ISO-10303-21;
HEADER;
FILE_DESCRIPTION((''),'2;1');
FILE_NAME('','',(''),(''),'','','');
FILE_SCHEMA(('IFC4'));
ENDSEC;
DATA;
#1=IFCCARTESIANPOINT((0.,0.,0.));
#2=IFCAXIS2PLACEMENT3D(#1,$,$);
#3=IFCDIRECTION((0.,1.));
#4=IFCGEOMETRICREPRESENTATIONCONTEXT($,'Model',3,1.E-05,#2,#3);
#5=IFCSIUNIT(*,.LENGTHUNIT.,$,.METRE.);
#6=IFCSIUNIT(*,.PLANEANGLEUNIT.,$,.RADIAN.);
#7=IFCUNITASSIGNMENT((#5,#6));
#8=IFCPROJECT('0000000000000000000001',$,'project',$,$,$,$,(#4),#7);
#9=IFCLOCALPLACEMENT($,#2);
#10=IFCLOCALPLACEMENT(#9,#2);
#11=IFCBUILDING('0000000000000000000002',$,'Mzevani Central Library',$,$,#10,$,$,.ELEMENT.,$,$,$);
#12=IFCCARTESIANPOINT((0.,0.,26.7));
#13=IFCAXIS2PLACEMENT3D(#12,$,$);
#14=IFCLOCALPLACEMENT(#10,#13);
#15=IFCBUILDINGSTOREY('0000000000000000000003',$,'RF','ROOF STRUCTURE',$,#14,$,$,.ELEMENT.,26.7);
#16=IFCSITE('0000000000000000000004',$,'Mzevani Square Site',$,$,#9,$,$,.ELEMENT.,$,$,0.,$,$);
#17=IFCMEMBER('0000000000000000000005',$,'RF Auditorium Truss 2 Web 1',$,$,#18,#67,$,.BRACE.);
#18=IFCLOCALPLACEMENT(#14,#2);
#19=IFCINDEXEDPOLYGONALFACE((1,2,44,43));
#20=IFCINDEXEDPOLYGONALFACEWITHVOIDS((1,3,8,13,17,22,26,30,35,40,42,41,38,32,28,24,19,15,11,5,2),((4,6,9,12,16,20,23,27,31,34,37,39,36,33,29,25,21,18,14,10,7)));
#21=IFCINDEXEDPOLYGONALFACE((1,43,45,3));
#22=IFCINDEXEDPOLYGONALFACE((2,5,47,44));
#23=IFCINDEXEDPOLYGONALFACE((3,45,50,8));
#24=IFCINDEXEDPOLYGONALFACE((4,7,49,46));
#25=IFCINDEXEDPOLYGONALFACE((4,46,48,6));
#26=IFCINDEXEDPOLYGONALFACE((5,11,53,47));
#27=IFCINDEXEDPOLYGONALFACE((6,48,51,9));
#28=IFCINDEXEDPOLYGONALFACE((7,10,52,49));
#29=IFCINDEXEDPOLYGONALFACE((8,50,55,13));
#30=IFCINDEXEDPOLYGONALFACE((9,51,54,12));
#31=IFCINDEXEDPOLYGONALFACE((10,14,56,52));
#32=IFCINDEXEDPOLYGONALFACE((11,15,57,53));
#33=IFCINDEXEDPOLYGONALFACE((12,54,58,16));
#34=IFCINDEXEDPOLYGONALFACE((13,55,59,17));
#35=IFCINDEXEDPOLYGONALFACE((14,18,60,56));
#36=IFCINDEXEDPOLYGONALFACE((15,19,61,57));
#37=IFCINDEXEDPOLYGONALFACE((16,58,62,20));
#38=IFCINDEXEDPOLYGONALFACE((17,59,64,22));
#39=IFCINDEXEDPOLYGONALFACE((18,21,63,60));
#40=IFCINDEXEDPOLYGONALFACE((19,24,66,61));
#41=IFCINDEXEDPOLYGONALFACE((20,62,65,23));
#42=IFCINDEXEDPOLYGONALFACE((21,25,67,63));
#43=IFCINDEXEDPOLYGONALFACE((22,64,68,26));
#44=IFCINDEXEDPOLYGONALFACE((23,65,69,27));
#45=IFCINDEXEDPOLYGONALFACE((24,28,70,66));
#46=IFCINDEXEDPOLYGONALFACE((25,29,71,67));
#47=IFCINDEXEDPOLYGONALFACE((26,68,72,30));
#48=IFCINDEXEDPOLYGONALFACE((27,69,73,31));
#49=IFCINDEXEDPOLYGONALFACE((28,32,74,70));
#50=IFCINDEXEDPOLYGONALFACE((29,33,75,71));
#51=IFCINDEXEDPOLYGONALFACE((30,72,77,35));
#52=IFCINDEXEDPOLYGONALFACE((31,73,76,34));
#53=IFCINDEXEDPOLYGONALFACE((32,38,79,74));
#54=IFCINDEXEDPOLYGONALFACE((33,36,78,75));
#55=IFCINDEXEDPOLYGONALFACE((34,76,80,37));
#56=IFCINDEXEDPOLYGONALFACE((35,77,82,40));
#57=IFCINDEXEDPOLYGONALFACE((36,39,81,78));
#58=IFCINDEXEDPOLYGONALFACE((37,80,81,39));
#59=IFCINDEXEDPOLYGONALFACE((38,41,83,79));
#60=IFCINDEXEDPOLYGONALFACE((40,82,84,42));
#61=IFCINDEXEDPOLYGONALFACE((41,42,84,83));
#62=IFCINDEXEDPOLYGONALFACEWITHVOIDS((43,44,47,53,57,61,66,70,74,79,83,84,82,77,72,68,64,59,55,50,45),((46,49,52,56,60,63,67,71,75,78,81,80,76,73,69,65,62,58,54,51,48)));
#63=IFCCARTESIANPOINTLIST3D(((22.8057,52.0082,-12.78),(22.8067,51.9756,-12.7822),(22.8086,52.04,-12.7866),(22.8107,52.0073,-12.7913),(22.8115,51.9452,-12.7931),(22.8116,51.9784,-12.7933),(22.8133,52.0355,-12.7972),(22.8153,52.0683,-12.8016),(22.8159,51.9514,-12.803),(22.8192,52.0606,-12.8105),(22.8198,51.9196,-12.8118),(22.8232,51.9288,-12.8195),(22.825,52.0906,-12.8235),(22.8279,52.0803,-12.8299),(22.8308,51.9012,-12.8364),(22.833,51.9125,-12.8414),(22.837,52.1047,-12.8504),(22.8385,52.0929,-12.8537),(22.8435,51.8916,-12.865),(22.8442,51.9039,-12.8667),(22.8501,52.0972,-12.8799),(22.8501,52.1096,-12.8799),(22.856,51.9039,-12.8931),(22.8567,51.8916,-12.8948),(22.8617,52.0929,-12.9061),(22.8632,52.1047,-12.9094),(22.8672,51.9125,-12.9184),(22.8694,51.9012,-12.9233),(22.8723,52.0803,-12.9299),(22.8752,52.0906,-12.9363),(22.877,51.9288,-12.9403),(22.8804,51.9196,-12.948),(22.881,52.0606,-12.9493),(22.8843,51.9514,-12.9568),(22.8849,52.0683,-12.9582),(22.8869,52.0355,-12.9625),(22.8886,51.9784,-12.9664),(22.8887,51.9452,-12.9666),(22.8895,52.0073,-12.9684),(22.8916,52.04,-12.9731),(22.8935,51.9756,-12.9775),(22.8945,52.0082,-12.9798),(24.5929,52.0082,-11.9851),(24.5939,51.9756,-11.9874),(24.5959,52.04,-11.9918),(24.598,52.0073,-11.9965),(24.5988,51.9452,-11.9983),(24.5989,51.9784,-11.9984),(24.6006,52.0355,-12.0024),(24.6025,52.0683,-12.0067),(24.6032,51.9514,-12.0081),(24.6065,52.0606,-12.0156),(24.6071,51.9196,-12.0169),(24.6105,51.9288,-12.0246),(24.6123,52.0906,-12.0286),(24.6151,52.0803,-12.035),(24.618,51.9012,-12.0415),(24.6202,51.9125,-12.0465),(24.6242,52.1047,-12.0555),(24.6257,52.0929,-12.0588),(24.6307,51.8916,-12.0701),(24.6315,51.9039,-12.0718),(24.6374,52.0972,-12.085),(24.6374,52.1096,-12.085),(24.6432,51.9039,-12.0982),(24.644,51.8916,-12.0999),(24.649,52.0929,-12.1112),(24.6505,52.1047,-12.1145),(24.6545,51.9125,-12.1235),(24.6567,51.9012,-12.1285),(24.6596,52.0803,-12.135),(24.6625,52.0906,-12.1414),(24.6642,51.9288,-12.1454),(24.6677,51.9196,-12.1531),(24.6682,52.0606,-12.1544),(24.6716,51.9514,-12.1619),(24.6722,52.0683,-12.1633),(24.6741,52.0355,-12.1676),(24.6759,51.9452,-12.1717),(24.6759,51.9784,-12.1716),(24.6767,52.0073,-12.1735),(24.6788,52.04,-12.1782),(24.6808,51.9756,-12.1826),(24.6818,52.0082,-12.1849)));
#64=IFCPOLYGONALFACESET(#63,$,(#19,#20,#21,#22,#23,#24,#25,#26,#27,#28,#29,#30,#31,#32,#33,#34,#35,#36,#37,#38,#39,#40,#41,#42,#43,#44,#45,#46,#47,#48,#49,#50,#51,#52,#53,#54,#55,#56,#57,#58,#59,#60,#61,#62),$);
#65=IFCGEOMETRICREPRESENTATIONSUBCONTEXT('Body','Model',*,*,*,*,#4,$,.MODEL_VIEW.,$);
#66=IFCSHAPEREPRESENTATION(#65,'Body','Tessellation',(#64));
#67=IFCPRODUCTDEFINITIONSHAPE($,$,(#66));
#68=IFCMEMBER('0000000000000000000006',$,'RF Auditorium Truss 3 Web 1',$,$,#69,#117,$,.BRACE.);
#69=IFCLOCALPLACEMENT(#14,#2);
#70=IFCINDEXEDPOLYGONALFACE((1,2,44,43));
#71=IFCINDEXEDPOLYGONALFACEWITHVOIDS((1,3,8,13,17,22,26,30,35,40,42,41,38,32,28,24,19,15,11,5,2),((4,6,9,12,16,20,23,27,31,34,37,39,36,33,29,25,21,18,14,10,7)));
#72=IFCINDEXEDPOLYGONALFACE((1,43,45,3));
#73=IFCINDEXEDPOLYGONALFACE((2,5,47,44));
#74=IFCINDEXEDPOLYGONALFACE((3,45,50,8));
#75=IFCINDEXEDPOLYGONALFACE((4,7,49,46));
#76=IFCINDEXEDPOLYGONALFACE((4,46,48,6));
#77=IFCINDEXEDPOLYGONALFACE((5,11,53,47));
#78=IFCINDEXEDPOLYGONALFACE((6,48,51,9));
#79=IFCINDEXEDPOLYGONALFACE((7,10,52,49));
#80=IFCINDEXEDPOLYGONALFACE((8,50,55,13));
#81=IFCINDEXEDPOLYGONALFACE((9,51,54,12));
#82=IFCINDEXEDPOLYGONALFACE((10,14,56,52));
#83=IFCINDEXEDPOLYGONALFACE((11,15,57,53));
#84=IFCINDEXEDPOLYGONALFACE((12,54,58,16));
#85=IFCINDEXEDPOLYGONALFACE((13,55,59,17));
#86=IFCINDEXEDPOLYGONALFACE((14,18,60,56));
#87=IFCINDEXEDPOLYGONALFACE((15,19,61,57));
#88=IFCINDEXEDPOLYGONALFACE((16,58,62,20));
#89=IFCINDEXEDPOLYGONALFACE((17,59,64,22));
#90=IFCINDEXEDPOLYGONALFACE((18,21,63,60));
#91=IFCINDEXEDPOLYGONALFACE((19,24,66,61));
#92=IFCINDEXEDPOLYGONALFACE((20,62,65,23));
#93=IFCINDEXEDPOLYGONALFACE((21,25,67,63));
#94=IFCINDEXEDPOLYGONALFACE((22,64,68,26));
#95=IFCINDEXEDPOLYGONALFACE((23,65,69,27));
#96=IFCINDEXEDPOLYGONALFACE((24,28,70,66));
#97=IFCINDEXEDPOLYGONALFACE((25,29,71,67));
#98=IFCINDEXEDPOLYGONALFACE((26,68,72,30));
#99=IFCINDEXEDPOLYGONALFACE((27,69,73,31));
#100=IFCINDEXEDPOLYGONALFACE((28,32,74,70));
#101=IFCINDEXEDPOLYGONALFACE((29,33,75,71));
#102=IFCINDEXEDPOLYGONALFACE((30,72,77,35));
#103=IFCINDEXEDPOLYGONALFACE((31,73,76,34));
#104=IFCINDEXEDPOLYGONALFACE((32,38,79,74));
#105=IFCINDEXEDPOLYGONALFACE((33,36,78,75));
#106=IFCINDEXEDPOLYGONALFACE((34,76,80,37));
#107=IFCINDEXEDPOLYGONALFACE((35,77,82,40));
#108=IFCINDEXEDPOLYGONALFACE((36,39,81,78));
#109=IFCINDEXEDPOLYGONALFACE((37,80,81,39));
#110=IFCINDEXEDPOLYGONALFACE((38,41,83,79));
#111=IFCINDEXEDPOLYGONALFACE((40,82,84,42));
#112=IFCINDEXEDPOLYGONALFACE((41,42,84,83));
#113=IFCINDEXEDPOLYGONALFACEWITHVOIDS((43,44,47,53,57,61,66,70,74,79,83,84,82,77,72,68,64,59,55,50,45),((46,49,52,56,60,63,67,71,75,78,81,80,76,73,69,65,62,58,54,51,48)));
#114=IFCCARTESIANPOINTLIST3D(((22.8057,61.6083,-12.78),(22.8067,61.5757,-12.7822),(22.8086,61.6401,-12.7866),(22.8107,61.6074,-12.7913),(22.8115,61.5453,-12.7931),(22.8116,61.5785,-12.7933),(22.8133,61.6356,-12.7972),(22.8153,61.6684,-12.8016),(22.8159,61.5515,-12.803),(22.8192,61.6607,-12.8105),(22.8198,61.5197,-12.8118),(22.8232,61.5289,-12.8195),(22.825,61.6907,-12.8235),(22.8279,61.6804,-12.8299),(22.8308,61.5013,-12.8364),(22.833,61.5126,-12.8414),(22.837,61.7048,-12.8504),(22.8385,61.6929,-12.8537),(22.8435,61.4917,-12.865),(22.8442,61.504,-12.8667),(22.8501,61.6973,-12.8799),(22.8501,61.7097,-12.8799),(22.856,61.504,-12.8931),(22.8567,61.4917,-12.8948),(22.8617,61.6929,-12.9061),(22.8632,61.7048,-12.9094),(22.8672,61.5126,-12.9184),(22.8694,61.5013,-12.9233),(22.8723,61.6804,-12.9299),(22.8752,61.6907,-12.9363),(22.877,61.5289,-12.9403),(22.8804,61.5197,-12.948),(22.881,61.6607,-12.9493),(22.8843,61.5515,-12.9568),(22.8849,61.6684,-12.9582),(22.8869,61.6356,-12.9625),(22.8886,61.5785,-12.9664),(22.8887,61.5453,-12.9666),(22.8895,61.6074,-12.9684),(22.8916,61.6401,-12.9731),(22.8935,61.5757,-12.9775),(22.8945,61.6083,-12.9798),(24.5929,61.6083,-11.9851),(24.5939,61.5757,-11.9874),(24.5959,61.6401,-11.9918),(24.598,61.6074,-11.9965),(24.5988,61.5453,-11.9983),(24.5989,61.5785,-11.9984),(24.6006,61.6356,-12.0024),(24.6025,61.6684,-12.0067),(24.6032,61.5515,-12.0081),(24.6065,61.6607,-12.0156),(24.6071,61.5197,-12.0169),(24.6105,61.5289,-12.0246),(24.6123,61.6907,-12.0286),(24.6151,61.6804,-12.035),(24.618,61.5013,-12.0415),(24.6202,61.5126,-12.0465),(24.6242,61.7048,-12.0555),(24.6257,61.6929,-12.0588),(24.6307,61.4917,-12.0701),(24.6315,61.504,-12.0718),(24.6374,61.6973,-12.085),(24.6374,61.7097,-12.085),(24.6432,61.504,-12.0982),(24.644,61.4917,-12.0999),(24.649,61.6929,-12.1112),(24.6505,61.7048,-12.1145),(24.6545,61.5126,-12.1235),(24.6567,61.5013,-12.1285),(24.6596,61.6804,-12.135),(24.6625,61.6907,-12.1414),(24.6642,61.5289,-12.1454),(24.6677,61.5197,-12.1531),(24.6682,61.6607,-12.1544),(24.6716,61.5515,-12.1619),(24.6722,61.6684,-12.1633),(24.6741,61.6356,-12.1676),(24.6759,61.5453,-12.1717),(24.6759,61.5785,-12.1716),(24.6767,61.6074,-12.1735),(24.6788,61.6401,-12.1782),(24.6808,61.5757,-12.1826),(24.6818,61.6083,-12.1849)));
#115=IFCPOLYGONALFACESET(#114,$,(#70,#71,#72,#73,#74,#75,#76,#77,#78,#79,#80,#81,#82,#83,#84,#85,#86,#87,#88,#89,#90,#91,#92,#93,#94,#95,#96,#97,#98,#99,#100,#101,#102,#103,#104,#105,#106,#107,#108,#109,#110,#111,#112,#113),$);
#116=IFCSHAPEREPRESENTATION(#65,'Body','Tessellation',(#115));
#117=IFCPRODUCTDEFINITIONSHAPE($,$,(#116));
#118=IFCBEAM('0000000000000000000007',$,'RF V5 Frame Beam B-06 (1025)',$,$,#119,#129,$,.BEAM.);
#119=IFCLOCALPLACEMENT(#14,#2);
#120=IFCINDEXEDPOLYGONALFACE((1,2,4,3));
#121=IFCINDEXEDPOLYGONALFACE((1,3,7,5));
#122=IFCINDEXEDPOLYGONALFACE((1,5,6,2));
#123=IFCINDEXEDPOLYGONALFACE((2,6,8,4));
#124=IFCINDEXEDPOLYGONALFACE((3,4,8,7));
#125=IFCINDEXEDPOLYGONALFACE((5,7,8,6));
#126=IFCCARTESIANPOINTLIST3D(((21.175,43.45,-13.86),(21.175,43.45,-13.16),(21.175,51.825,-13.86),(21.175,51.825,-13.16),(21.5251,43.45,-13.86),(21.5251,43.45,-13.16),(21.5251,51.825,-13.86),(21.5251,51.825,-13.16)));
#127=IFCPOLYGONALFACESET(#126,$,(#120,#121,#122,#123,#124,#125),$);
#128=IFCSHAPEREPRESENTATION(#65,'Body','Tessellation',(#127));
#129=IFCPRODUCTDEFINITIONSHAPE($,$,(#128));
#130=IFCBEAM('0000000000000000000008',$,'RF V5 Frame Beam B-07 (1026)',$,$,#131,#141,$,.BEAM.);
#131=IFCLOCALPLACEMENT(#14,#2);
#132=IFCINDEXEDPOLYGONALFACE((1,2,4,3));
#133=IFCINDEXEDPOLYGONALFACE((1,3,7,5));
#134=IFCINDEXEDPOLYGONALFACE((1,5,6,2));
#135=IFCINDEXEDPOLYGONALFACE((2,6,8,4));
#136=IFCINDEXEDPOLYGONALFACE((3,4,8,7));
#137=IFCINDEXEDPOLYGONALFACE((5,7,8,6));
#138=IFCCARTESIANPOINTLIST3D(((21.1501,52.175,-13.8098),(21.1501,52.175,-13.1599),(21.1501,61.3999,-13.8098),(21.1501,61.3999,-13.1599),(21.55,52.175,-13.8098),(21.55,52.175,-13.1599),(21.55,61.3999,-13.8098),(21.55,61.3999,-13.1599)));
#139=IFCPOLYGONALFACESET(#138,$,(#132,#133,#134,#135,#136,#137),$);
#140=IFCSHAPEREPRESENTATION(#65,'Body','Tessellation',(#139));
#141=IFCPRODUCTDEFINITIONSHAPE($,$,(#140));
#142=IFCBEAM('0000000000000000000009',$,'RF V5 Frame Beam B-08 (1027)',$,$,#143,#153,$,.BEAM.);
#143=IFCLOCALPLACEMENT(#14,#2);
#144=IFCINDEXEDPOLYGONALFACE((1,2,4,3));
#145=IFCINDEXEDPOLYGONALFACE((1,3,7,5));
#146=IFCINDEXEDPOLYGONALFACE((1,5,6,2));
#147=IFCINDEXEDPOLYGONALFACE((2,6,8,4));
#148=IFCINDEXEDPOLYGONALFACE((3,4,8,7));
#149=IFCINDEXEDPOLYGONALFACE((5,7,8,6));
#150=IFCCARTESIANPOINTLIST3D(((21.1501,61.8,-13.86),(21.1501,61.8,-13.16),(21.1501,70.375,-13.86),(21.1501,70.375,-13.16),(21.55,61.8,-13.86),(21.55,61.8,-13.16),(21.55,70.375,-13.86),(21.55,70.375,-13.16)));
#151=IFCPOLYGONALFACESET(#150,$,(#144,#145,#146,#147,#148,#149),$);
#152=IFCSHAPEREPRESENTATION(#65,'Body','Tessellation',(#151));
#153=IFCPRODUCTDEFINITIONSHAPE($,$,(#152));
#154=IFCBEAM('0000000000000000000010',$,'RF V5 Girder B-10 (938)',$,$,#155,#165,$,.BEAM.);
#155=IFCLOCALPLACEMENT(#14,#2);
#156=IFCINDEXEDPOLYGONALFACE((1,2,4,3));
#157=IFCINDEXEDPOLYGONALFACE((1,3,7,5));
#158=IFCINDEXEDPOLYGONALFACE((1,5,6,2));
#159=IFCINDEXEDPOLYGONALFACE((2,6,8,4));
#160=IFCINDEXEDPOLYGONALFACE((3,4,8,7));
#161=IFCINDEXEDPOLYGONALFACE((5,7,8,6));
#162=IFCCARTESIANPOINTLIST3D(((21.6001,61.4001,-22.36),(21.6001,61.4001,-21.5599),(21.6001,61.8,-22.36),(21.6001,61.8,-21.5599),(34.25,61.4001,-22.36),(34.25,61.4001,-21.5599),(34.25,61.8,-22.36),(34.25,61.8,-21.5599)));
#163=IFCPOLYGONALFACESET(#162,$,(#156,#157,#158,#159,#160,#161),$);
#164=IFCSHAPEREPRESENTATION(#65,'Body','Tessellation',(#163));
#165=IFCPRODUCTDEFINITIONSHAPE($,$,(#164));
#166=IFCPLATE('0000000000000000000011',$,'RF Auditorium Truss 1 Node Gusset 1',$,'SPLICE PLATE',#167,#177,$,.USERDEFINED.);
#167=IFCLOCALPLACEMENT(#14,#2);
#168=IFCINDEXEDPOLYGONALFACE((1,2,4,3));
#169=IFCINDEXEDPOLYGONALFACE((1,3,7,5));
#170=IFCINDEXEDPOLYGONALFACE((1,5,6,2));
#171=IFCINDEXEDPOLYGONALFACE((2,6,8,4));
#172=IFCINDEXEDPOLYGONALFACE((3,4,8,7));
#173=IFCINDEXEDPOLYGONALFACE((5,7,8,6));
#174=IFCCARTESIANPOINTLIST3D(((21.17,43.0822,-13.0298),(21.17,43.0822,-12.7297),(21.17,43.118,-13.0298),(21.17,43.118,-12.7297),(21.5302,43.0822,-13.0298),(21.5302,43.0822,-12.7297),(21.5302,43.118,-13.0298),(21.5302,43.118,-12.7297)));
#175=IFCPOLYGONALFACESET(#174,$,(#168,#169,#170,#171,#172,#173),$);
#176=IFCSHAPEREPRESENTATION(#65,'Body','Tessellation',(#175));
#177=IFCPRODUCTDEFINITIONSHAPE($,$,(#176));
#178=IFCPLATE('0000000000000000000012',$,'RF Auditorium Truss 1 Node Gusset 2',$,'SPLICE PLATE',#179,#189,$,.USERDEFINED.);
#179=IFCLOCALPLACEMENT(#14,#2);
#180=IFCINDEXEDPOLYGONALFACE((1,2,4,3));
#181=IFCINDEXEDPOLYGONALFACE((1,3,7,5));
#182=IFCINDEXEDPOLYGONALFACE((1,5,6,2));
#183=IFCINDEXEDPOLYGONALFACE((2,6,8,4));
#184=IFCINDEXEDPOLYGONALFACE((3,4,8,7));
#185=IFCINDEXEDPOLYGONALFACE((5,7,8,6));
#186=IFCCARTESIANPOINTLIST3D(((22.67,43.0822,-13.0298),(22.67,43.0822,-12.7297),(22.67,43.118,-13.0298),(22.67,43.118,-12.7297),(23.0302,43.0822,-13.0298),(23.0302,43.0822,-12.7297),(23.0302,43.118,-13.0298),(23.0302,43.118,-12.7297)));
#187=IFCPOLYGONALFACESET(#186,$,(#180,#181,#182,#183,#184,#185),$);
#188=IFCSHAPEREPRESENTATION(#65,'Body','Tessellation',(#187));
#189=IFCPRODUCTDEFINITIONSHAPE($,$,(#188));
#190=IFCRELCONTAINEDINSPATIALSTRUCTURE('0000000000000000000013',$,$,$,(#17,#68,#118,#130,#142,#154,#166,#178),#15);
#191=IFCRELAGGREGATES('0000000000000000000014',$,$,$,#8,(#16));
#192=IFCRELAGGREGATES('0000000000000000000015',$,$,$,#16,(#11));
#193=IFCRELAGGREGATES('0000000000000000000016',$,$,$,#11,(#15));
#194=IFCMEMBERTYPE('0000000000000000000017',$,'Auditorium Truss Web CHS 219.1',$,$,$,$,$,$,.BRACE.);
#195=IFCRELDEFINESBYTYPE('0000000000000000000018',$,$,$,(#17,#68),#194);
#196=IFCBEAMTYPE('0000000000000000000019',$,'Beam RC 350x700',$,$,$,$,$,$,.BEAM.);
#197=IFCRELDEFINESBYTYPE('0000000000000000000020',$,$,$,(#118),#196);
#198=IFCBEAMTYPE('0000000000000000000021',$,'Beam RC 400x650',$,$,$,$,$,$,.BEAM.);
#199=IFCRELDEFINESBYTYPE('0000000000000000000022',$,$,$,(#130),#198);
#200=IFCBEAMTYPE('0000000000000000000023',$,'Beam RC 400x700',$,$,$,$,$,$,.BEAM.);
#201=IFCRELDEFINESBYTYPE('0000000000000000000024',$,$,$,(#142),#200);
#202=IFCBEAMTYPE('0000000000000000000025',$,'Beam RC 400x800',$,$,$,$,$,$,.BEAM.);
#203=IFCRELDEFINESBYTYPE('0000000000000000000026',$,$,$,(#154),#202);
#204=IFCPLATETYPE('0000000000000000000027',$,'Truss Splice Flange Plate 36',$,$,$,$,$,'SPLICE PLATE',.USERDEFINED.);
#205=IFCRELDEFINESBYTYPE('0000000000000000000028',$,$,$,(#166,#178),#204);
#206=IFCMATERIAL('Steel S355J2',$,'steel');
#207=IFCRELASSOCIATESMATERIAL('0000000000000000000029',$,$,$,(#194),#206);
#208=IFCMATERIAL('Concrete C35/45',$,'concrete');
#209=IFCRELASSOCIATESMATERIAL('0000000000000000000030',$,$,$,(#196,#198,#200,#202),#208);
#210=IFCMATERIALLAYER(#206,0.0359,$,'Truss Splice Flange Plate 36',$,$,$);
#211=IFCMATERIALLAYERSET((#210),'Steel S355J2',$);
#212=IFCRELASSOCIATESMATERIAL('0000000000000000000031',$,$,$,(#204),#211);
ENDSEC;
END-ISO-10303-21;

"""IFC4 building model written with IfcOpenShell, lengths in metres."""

from ifc_helpers import new_model, si_unit, direction, frame, origin, origin_2d, place, context, subcontext, project, spatial, rectangle, hollow_circle, extrude, material, layer, layer_set, material_profile, profile_set, type_object, element, save


model = new_model("IFC4")

# Units and contexts
model_context = context("Model", 3, precision=1e-05, world=origin(), true_north=direction((0.0, 1.0)))
body_context = subcontext(model_context, "Body", "Model", "MODEL_VIEW")
ifc_project = project(units=[si_unit("LENGTHUNIT", "METRE"), si_unit("PLANEANGLEUNIT", "RADIAN")], contexts=[model_context])

# Site, building, storey
site_placement = place(None, origin())
site = spatial("IfcSite", under=ifc_project, at=site_placement, Name="Mzevani Square Site", CompositionType="ELEMENT", RefElevation=0.0)
building_placement = place(site_placement, origin())
building = spatial("IfcBuilding", under=site, at=building_placement, Name="Mzevani Central Library", CompositionType="ELEMENT")
storey_placement = place(building_placement, frame((0.0, 0.0, 26.7)))
storey = spatial("IfcBuildingStorey", under=building, at=storey_placement, Name="RF", Description="ROOF STRUCTURE", CompositionType="ELEMENT", Elevation=26.7)

# Members
ifc_material_1 = material(Name="Steel S355J2", Category="steel")
ifc_material_profile_1 = material_profile(ifc_material_1, hollow_circle(Radius=0.1096, WallThickness=0.0125, at=origin_2d()), Name="CHS 219.1x12.5")
ifc_profile_set_1 = profile_set([ifc_material_profile_1], Name="Steel S355J2")
member_type_1 = type_object("IfcMemberType", Name="Auditorium Truss Web CHS 219.1", PredefinedType="BRACE", material=ifc_profile_set_1)
for number, where, z_axis, x_axis, name in (
    (1, (22.8501, 52.0, -12.8799), (0.913709, 0.0, 0.40637), (0.0, 1.0, 0.0), "RF Auditorium Truss 2 Web 1"),
    (2, (22.8501, 61.6001, -12.8799), (0.913709, 0.0, 0.40637), (0.0, 1.0, 0.0), "RF Auditorium Truss 3 Web 1"),
):
    element("IfcMember", number, at=place(storey_placement, frame(where, z_axis=z_axis, x_axis=x_axis)), inside=storey, type_object=member_type_1, Name=name, PredefinedType="BRACE", context=body_context, shape_type="SweptSolid", body=[
        extrude(hollow_circle(Radius=0.1096, WallThickness=0.0125, at=origin_2d()), origin(), (0.0, 0.0, 1.0), 1.9561),
    ])

# Beams
ifc_material_2 = material(Name="Concrete C35/45", Category="concrete")
ifc_material_profile_2 = material_profile(ifc_material_2, rectangle(XDim=0.3501, YDim=0.7, at=origin_2d()), Name="RC B350x700")
ifc_profile_set_2 = profile_set([ifc_material_profile_2], Name="Concrete C35/45")
beam_type_1 = type_object("IfcBeamType", Name="Beam RC 350x700", PredefinedType="BEAM", material=ifc_profile_set_2)
beam_1_placement = place(storey_placement, frame((21.3501, 43.45, -13.51), z_axis=(0.0, 1.0, 0.0), x_axis=(-1.0, 0.0, 0.0)))
element("IfcBeam", 3, at=beam_1_placement, inside=storey, type_object=beam_type_1, Name="RF V5 Frame Beam B-06 (1025)", PredefinedType="BEAM", context=body_context, shape_type="SweptSolid", body=[
    extrude(rectangle(XDim=0.3501, YDim=0.7, at=origin_2d()), origin(), (0.0, 0.0, 1.0), 8.375),
])
ifc_material_profile_3 = material_profile(ifc_material_2, rectangle(XDim=0.3999, YDim=0.6499, at=origin_2d()), Name="RC B400x650")
ifc_profile_set_3 = profile_set([ifc_material_profile_3], Name="Concrete C35/45")
beam_type_2 = type_object("IfcBeamType", Name="Beam RC 400x650", PredefinedType="BEAM", material=ifc_profile_set_3)
beam_2_placement = place(storey_placement, frame((21.3501, 52.175, -13.4849), z_axis=(0.0, 1.0, 0.0), x_axis=(-1.0, 0.0, 0.0)))
element("IfcBeam", 4, at=beam_2_placement, inside=storey, type_object=beam_type_2, Name="RF V5 Frame Beam B-07 (1026)", PredefinedType="BEAM", context=body_context, shape_type="SweptSolid", body=[
    extrude(rectangle(XDim=0.3999, YDim=0.6499, at=origin_2d()), origin(), (0.0, 0.0, 1.0), 9.2249),
])
ifc_material_profile_4 = material_profile(ifc_material_2, rectangle(XDim=0.3999, YDim=0.7, at=origin_2d()), Name="RC B400x700")
ifc_profile_set_4 = profile_set([ifc_material_profile_4], Name="Concrete C35/45")
beam_type_3 = type_object("IfcBeamType", Name="Beam RC 400x700", PredefinedType="BEAM", material=ifc_profile_set_4)
beam_3_placement = place(storey_placement, frame((21.3501, 61.8, -13.51), z_axis=(0.0, 1.0, 0.0), x_axis=(-1.0, 0.0, 0.0)))
element("IfcBeam", 5, at=beam_3_placement, inside=storey, type_object=beam_type_3, Name="RF V5 Frame Beam B-08 (1027)", PredefinedType="BEAM", context=body_context, shape_type="SweptSolid", body=[
    extrude(rectangle(XDim=0.3999, YDim=0.7, at=origin_2d()), origin(), (0.0, 0.0, 1.0), 8.575),
])
ifc_material_profile_5 = material_profile(ifc_material_2, rectangle(XDim=0.3999, YDim=0.8, at=origin_2d()), Name="RC B400x800")
ifc_profile_set_5 = profile_set([ifc_material_profile_5], Name="Concrete C35/45")
beam_type_4 = type_object("IfcBeamType", Name="Beam RC 400x800", PredefinedType="BEAM", material=ifc_profile_set_5)
beam_4_placement = place(storey_placement, frame((21.6001, 61.6001, -21.96), z_axis=(1.0, 0.0, 0.0), x_axis=(0.0, 1.0, 0.0)))
element("IfcBeam", 6, at=beam_4_placement, inside=storey, type_object=beam_type_4, Name="RF V5 Girder B-10 (938)", PredefinedType="BEAM", context=body_context, shape_type="SweptSolid", body=[
    extrude(rectangle(XDim=0.3999, YDim=0.8, at=origin_2d()), origin(), (0.0, 0.0, 1.0), 12.6499),
])

# Plates
ifc_layer = layer(ifc_material_1, 0.0359, Name="Truss Splice Flange Plate 36")
ifc_layer_set = layer_set([ifc_layer], Name="Steel S355J2")
plate_type = type_object("IfcPlateType", Name="Truss Splice Flange Plate 36", ElementType="SPLICE PLATE", PredefinedType="USERDEFINED", material=ifc_layer_set)
for number, where, z_axis, x_axis, name in (
    (7, (21.3501, 43.1001, -13.0298), (0.0, 0.0, 1.0), (1.0, 0.0, 0.0), "RF Auditorium Truss 1 Node Gusset 1"),
    (8, (22.8501, 43.1001, -13.0298), (0.0, 0.0, 1.0), (1.0, 0.0, 0.0), "RF Auditorium Truss 1 Node Gusset 2"),
):
    element("IfcPlate", number, at=place(storey_placement, frame(where, z_axis=z_axis, x_axis=x_axis)), inside=storey, type_object=plate_type, Name=name, ObjectType="SPLICE PLATE", PredefinedType="USERDEFINED", context=body_context, shape_type="SweptSolid", body=[
        extrude(rectangle(XDim=0.3601, YDim=0.0359, at=origin_2d()), origin(), (0.0, 0.0, 1.0), 0.3),
    ])

save(model, "model.ifc")
